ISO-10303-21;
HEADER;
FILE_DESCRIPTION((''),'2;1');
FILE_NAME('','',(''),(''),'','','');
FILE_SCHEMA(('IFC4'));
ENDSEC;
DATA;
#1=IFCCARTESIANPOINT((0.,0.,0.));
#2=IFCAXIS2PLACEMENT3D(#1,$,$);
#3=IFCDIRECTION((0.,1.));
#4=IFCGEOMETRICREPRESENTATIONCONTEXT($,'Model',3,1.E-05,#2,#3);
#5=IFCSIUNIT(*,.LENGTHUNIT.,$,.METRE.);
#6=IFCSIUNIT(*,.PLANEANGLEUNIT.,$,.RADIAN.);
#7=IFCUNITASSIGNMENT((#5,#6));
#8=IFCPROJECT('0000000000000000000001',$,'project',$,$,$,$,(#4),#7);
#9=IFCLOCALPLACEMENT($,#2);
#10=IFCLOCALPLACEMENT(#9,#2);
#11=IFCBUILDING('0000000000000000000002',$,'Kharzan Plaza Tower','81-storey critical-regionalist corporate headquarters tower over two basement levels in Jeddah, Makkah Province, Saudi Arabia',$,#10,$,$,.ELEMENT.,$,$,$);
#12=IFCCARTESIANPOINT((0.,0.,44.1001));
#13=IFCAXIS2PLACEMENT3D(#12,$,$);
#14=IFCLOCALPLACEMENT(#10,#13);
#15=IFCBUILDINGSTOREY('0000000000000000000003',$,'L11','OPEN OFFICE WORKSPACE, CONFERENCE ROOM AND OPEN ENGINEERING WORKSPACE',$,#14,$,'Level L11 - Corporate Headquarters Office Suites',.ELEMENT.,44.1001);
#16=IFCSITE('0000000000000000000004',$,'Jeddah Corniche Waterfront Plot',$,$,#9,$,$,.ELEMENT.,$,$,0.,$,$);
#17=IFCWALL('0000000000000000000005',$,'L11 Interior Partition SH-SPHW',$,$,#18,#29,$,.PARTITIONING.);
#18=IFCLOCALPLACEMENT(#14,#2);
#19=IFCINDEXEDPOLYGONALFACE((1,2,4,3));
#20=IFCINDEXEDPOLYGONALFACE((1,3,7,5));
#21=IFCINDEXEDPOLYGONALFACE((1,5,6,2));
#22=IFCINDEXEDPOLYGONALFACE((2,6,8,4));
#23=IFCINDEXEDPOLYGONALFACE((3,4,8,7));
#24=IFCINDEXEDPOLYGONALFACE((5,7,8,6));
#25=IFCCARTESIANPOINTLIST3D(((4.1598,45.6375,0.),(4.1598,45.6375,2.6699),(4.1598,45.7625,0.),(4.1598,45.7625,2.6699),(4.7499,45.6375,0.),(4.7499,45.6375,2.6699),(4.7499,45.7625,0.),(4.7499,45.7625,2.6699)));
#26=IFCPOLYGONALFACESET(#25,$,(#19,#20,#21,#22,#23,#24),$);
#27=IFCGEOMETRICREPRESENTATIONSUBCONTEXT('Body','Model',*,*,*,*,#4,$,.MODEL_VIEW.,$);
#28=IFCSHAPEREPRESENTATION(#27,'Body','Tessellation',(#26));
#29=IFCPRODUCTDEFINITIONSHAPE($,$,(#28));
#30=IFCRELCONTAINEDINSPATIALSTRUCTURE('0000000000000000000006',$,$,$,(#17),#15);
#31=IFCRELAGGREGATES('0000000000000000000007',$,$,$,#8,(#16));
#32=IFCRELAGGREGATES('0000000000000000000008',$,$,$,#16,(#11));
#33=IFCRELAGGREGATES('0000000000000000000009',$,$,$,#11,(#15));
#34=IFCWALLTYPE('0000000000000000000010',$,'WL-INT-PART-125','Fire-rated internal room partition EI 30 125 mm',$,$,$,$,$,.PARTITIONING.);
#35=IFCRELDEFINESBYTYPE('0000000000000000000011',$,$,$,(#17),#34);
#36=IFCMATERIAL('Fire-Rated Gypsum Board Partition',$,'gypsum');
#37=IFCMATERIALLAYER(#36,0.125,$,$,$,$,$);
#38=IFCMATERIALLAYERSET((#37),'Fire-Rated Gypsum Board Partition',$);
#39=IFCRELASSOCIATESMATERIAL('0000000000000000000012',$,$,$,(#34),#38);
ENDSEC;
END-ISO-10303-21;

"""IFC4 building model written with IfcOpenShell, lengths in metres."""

from ifc_helpers import new_model, si_unit, direction, frame, frame_2d, origin, place, context, subcontext, project, spatial, rectangle, extrude, source, transform, mapped, material, layer, layer_set, type_object, element, save


model = new_model("IFC4")

# Units and contexts
model_context = context("Model", 3, precision=1e-05, world=origin(), true_north=direction((0.0, 1.0)))
body_context = subcontext(model_context, "Body", "Model", "MODEL_VIEW")
ifc_project = project(units=[si_unit("LENGTHUNIT", "METRE"), si_unit("PLANEANGLEUNIT", "RADIAN")], contexts=[model_context])

# Site, building, storey
site_placement = place(None, origin())
site = spatial("IfcSite", under=ifc_project, at=site_placement, Name="Jeddah Corniche Waterfront Plot", CompositionType="ELEMENT", RefElevation=0.0)
building_placement = place(site_placement, origin())
building = spatial("IfcBuilding", under=site, at=building_placement, Name="Kharzan Plaza Tower", Description="81-storey critical-regionalist corporate headquarters tower over two basement levels in Jeddah, Makkah Province, Saudi Arabia", CompositionType="ELEMENT")
storey_placement = place(building_placement, frame((0.0, 0.0, 44.1001)))
storey = spatial("IfcBuildingStorey", under=building, at=storey_placement, Name="L11", Description="OPEN OFFICE WORKSPACE, CONFERENCE ROOM AND OPEN ENGINEERING WORKSPACE", LongName="Level L11 - Corporate Headquarters Office Suites", CompositionType="ELEMENT", Elevation=44.1001)

# Shared definitions
ifc_material_1 = material(Name="Fire-Rated Gypsum Board Partition", Category="gypsum")
ifc_layer_1 = layer(ifc_material_1, 0.125)
ifc_layer_set_1 = layer_set([ifc_layer_1], Name="Fire-Rated Gypsum Board Partition")
wall_type_1 = type_object("IfcWallType", Name="WL-INT-PART-125", Description="Fire-rated internal room partition EI 30 125 mm", PredefinedType="PARTITIONING", material=ifc_layer_set_1)

# Wall
shared_shape_1 = source(origin(), body_context, "Body", "SweptSolid", [
    extrude(rectangle(XDim=0.5901, YDim=0.125, at=frame_2d((0.2949, 0.0))), origin(), (0.0, 0.0, 1.0), 2.6699),
])
wall_1_placement = place(storey_placement, frame((4.1599, 45.7, 0.0), z_axis=(0.0, 0.0, 1.0), x_axis=(1.0, 0.0, 0.0)))
element("IfcWall", 1, at=wall_1_placement, inside=storey, type_object=wall_type_1, Name="L11 Interior Partition SH-SPHW", PredefinedType="PARTITIONING", context=body_context, shape_type="MappedRepresentation", body=[
    mapped(shared_shape_1, transform((0.0, 0.0, 0.0), x_axis=(1.0, 0.0, 0.0), y_axis=(0.0, 1.0, 0.0), z_axis=(0.0, 0.0, 1.0))),
])

save(model, "model.ifc")
